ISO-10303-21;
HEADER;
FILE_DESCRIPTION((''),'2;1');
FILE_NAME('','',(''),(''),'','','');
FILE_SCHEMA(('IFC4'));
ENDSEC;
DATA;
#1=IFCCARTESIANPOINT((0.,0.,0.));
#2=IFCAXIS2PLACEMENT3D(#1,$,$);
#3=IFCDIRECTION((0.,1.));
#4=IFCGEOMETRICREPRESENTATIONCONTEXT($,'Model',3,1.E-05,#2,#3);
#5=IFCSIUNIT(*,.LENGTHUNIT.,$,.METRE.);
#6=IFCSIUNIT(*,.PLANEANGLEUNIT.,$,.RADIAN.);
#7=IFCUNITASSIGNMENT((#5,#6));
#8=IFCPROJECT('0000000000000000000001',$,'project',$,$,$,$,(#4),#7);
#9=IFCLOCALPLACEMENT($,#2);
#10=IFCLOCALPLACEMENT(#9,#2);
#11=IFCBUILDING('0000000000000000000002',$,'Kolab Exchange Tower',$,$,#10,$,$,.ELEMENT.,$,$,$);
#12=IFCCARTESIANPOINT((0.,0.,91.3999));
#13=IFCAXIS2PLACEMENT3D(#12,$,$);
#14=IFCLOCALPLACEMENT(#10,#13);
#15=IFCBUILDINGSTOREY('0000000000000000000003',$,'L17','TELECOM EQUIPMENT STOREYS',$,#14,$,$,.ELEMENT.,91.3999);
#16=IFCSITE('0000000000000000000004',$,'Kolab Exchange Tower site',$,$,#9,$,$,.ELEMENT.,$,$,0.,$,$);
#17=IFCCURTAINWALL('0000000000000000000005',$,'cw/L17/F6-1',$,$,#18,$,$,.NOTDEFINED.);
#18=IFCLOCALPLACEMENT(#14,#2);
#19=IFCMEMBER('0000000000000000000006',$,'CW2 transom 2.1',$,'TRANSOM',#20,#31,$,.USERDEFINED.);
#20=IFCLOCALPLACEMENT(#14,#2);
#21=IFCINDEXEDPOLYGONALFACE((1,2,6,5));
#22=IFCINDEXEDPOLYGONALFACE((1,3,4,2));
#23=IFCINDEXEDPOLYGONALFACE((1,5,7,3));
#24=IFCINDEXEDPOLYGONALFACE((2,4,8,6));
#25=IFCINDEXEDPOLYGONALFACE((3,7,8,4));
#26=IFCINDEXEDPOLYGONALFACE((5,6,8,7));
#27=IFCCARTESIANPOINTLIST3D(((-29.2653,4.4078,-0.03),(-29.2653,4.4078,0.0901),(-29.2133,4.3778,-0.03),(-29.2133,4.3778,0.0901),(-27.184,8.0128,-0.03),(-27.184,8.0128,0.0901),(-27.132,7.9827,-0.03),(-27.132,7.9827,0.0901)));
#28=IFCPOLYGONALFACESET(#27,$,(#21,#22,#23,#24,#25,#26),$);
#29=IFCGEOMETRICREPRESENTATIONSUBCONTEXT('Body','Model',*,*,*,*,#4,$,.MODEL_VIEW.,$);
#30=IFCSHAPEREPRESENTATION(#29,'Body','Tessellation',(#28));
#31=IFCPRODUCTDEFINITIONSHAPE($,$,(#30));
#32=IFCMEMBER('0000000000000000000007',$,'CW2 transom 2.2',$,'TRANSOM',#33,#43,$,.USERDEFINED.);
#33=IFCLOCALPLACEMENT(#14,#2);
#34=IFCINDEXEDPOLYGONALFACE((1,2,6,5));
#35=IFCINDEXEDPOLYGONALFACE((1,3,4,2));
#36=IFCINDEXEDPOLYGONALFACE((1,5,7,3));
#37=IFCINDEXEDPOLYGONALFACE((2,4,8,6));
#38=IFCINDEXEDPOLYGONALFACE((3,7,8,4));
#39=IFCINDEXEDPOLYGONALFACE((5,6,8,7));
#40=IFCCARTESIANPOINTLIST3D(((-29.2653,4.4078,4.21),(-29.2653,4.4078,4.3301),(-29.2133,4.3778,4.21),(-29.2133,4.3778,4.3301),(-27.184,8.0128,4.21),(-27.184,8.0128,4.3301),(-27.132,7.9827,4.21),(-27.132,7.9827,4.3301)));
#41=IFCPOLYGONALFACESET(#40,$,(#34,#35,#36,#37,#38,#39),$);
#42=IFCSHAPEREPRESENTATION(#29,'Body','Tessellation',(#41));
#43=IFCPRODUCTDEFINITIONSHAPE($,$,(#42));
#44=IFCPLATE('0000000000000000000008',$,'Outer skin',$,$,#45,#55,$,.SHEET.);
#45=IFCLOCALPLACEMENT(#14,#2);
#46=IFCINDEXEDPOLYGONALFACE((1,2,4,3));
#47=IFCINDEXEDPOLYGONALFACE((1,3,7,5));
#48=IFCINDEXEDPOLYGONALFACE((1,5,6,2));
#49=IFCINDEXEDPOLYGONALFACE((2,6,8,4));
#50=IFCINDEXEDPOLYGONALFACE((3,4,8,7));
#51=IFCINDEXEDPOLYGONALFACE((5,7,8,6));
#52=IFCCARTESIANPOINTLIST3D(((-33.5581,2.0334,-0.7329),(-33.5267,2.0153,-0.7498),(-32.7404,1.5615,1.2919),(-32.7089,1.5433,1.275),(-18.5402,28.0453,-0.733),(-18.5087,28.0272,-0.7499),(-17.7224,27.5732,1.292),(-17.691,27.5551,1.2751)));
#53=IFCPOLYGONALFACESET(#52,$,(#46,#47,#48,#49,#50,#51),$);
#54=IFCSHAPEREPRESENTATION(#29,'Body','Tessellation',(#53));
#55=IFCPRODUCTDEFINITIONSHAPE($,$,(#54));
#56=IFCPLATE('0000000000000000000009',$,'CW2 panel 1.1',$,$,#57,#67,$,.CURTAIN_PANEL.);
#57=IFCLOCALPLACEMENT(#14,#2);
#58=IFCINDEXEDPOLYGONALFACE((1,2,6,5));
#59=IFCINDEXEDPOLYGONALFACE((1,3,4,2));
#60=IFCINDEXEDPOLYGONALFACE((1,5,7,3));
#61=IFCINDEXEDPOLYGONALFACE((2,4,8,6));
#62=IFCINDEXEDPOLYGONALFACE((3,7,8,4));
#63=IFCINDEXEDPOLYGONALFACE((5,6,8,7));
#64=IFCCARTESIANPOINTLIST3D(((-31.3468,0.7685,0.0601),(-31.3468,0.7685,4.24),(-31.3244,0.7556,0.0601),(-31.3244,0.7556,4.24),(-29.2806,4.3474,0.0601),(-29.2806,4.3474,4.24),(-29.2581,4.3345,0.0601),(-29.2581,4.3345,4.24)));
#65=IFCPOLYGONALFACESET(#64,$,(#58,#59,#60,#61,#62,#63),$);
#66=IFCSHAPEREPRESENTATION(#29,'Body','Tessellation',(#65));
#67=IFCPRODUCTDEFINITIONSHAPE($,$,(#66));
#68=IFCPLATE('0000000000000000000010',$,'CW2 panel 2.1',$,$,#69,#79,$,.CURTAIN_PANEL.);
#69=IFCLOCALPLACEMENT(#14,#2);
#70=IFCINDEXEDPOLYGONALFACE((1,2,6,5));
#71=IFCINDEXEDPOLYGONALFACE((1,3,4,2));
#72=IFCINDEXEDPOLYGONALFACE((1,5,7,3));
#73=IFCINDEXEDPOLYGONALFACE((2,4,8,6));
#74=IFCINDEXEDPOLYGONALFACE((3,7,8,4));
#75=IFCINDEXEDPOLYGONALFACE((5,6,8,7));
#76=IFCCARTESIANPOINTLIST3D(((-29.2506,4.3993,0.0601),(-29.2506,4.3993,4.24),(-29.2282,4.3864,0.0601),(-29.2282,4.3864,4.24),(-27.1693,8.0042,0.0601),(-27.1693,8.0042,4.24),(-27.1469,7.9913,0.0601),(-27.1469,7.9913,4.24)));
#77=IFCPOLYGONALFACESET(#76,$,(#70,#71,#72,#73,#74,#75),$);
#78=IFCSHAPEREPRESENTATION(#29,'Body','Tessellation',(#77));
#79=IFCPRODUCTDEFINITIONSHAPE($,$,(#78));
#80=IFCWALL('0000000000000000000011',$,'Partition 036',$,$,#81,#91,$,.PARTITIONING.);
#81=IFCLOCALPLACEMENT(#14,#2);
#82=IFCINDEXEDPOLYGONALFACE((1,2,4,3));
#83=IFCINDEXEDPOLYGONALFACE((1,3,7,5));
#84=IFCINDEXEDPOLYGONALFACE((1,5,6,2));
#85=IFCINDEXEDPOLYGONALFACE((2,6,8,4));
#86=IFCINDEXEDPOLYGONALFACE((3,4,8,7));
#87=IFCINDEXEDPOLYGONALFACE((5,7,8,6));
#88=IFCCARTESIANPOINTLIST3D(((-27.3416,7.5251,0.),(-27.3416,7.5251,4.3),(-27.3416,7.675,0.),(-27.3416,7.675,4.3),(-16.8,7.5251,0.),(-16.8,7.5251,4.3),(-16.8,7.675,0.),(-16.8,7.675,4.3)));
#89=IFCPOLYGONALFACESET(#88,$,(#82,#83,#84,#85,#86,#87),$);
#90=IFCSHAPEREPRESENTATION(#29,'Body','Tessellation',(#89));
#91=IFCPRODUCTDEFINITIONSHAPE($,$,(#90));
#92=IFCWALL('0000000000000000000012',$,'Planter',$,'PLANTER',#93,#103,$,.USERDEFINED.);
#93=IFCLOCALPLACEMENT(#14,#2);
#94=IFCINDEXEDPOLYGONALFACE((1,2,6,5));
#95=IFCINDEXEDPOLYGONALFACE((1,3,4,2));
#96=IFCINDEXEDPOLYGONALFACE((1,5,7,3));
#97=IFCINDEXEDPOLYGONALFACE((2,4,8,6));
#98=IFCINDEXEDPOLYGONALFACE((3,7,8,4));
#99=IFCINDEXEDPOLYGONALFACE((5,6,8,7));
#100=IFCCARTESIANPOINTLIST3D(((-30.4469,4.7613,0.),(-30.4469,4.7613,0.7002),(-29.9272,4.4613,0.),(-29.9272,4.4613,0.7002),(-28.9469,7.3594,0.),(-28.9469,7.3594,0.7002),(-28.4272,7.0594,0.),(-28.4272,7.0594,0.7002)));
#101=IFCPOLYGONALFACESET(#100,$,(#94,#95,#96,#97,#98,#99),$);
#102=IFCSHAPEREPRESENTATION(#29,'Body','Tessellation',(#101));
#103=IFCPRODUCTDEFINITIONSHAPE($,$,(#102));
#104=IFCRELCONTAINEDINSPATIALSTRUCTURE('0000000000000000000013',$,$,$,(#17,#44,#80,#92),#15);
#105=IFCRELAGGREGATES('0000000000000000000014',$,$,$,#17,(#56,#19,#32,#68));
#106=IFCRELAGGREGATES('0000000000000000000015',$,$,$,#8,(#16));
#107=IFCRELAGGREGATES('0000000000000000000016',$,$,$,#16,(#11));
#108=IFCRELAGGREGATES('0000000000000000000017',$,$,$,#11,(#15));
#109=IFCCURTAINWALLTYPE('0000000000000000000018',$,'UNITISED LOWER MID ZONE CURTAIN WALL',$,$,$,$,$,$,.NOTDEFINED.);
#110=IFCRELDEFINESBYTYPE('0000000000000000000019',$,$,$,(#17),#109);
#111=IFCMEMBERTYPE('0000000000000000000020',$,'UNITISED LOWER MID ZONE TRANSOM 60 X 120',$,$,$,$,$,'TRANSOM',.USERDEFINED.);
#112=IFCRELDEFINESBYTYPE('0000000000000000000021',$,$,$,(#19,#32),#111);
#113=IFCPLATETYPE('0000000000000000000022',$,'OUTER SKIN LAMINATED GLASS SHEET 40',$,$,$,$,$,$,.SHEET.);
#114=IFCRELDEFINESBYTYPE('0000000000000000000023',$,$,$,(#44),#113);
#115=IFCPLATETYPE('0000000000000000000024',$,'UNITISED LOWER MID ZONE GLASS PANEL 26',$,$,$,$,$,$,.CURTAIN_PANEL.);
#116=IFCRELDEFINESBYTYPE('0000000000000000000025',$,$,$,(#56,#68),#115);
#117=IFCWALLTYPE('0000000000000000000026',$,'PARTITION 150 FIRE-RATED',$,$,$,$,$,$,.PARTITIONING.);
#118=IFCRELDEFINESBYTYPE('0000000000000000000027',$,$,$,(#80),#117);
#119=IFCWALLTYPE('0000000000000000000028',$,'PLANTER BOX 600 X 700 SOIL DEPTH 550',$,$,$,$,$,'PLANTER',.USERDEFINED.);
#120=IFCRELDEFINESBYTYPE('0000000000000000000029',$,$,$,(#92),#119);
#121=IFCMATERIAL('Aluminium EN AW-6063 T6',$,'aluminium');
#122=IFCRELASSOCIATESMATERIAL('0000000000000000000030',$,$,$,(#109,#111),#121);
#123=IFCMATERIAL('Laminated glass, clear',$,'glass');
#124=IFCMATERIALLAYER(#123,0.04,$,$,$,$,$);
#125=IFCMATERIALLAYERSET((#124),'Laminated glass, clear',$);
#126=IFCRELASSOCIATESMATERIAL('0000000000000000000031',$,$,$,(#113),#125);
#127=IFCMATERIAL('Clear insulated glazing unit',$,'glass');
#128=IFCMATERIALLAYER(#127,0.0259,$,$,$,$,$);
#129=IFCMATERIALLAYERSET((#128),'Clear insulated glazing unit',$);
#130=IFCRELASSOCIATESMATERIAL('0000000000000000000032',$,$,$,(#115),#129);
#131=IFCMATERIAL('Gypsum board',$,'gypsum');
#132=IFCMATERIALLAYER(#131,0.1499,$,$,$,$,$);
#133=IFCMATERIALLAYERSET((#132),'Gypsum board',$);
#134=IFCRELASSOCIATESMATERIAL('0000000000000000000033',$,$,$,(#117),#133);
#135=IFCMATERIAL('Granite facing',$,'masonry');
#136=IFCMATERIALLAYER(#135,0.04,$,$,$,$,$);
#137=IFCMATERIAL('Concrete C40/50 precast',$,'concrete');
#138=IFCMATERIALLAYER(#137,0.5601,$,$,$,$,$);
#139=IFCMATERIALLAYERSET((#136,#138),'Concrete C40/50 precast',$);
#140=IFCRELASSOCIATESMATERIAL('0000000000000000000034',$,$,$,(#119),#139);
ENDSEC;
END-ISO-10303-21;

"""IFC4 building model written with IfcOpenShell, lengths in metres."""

from ifc_helpers import new_model, si_unit, direction, frame, frame_2d, origin, origin_2d, place, context, subcontext, project, spatial, polyline, rectangle, outline, extrude, material, layer, layer_set, material_profile, profile_set, type_object, element, aggregate, save


model = new_model("IFC4")

# Units and contexts
model_context = context("Model", 3, precision=1e-05, world=origin(), true_north=direction((0.0, 1.0)))
body_context = subcontext(model_context, "Body", "Model", "MODEL_VIEW")
ifc_project = project(units=[si_unit("LENGTHUNIT", "METRE"), si_unit("PLANEANGLEUNIT", "RADIAN")], contexts=[model_context])

# Site, building, storey
site_placement = place(None, origin())
site = spatial("IfcSite", under=ifc_project, at=site_placement, Name="Kolab Exchange Tower site", CompositionType="ELEMENT", RefElevation=0.0)
building_placement = place(site_placement, origin())
building = spatial("IfcBuilding", under=site, at=building_placement, Name="Kolab Exchange Tower", CompositionType="ELEMENT")
storey_placement = place(building_placement, frame((0.0, 0.0, 91.3999)))
storey = spatial("IfcBuildingStorey", under=building, at=storey_placement, Name="L17", Description="TELECOM EQUIPMENT STOREYS", CompositionType="ELEMENT", Elevation=91.3999)

# Curtain wall
ifc_material_1 = material(Name="Aluminium EN AW-6063 T6", Category="aluminium")
curtain_wall_type = type_object("IfcCurtainWallType", Name="UNITISED LOWER MID ZONE CURTAIN WALL", PredefinedType="NOTDEFINED", material=ifc_material_1)
curtain_wall_1_placement = place(storey_placement, origin())
curtain_wall_1 = element("IfcCurtainWall", 1, at=curtain_wall_1_placement, inside=storey, type_object=curtain_wall_type, Name="cw/L17/F6-1", PredefinedType="NOTDEFINED")

# Members
ifc_material_profile_1 = material_profile(ifc_material_1, rectangle(XDim=0.0601, YDim=0.1201, at=origin_2d()), Name="RECT 60X120")
ifc_profile_set_1 = profile_set([ifc_material_profile_1], Name="Aluminium EN AW-6063 T6")
member_type_1 = type_object("IfcMemberType", Name="UNITISED LOWER MID ZONE TRANSOM 60 X 120", ElementType="TRANSOM", PredefinedType="USERDEFINED", material=ifc_profile_set_1)
member_1_placement = place(storey_placement, frame((-29.2393, 4.3928, 0.03), z_axis=(0.499993, 0.866029, 0.0), x_axis=(-0.866029, 0.499993, 0.0)))
member_1 = element("IfcMember", 2, at=member_1_placement, type_object=member_type_1, Name="CW2 transom 2.1", ObjectType="TRANSOM", PredefinedType="USERDEFINED", context=body_context, shape_type="SweptSolid", body=[
    extrude(rectangle(XDim=0.0601, YDim=0.1201, at=origin_2d()), origin(), (0.0, 0.0, 1.0), 4.1626),
])
member_2_placement = place(storey_placement, frame((-29.2393, 4.3928, 4.27), z_axis=(0.499993, 0.866029, 0.0), x_axis=(-0.866029, 0.499993, 0.0)))
member_2 = element("IfcMember", 3, at=member_2_placement, type_object=member_type_1, Name="CW2 transom 2.2", ObjectType="TRANSOM", PredefinedType="USERDEFINED", context=body_context, shape_type="SweptSolid", body=[
    extrude(rectangle(XDim=0.0601, YDim=0.1201, at=origin_2d()), origin(), (0.0, 0.0, 1.0), 4.1626),
])

# Plates
ifc_material_2 = material(Name="Laminated glass, clear", Category="glass")
ifc_layer_1 = layer(ifc_material_2, 0.04)
ifc_layer_set_1 = layer_set([ifc_layer_1], Name="Laminated glass, clear")
plate_type_1 = type_object("IfcPlateType", Name="OUTER SKIN LAMINATED GLASS SHEET 40", PredefinedType="SHEET", material=ifc_layer_set_1)
plate_1_placement = place(storey_placement, frame((-33.5581, 2.0334, -0.7329), z_axis=(-0.784887, 0.453155, 0.422613), x_axis=(0.499999, 0.866026, -0.000002)))
element("IfcPlate", 4, at=plate_1_placement, inside=storey, type_object=plate_type_1, Name="Outer skin", PredefinedType="SHEET", context=body_context, shape_type="SweptSolid", body=[
    extrude(outline(polyline([(0.0, 0.0), (30.0359, 0.0), (30.036, -2.2343), (0.0001, -2.2342), (0.0, 0.0)])), origin(), (0.0, 0.0, -1.0), 0.04),
])
ifc_material_3 = material(Name="Clear insulated glazing unit", Category="glass")
ifc_layer_2 = layer(ifc_material_3, 0.0259)
ifc_layer_set_2 = layer_set([ifc_layer_2], Name="Clear insulated glazing unit")
plate_type_2 = type_object("IfcPlateType", Name="UNITISED LOWER MID ZONE GLASS PANEL 26", PredefinedType="CURTAIN_PANEL", material=ifc_layer_set_2)
plate_2_placement = place(storey_placement, frame((-30.3025, 2.5515, 0.0601), z_axis=(0.0, 0.0, 1.0), x_axis=(0.5, 0.866025, 0.0)))
plate_2 = element("IfcPlate", 5, at=plate_2_placement, type_object=plate_type_2, Name="CW2 panel 1.1", PredefinedType="CURTAIN_PANEL", context=body_context, shape_type="SweptSolid", body=[
    extrude(rectangle(XDim=4.1326, YDim=0.0259, at=origin_2d()), origin(), (0.0, 0.0, 1.0), 4.1799),
])
plate_3_placement = place(storey_placement, frame((-28.1987, 6.1953, 0.0601), z_axis=(0.0, 0.0, 1.0), x_axis=(0.5, 0.866025, 0.0)))
plate_3 = element("IfcPlate", 6, at=plate_3_placement, type_object=plate_type_2, Name="CW2 panel 2.1", PredefinedType="CURTAIN_PANEL", context=body_context, shape_type="SweptSolid", body=[
    extrude(rectangle(XDim=4.1626, YDim=0.0259, at=origin_2d()), origin(), (0.0, 0.0, 1.0), 4.1799),
])
aggregate(curtain_wall_1, [plate_2, member_1, member_2, plate_3])

# Walls
ifc_material_4 = material(Name="Gypsum board", Category="gypsum")
ifc_layer_3 = layer(ifc_material_4, 0.1499)
ifc_layer_set_3 = layer_set([ifc_layer_3], Name="Gypsum board")
wall_type_1 = type_object("IfcWallType", Name="PARTITION 150 FIRE-RATED", PredefinedType="PARTITIONING", material=ifc_layer_set_3)
wall_1_placement = place(storey_placement, frame((-27.3416, 7.6001, 0.0), z_axis=(0.0, 0.0, 1.0), x_axis=(1.0, 0.0, 0.0)))
element("IfcWall", 7, at=wall_1_placement, inside=storey, type_object=wall_type_1, Name="Partition 036", PredefinedType="PARTITIONING", context=body_context, shape_type="SweptSolid", body=[
    extrude(rectangle(XDim=10.5415, YDim=0.1499, at=frame_2d((5.2708, 0.0))), origin(), (0.0, 0.0, 1.0), 4.3),
])
ifc_material_5 = material(Name="Granite facing", Category="masonry")
ifc_layer_4 = layer(ifc_material_5, 0.04)
ifc_material_6 = material(Name="Concrete C40/50 precast", Category="concrete")
ifc_layer_5 = layer(ifc_material_6, 0.5601)
ifc_layer_set_4 = layer_set([ifc_layer_4, ifc_layer_5], Name="Concrete C40/50 precast")
wall_type_2 = type_object("IfcWallType", Name="PLANTER BOX 600 X 700 SOIL DEPTH 550", ElementType="PLANTER", PredefinedType="USERDEFINED", material=ifc_layer_set_4)
wall_2_placement = place(storey_placement, frame((-30.187, 4.6113, 0.0), z_axis=(0.0, 0.0, 1.0), x_axis=(0.49999, 0.866031, 0.0)))
element("IfcWall", 8, at=wall_2_placement, inside=storey, type_object=wall_type_2, Name="Planter", ObjectType="PLANTER", PredefinedType="USERDEFINED", context=body_context, shape_type="SweptSolid", body=[
    extrude(rectangle(XDim=3.0, YDim=0.6001, at=frame_2d((1.5, 0.0))), origin(), (0.0, 0.0, 1.0), 0.7002),
])

save(model, "model.ifc")
